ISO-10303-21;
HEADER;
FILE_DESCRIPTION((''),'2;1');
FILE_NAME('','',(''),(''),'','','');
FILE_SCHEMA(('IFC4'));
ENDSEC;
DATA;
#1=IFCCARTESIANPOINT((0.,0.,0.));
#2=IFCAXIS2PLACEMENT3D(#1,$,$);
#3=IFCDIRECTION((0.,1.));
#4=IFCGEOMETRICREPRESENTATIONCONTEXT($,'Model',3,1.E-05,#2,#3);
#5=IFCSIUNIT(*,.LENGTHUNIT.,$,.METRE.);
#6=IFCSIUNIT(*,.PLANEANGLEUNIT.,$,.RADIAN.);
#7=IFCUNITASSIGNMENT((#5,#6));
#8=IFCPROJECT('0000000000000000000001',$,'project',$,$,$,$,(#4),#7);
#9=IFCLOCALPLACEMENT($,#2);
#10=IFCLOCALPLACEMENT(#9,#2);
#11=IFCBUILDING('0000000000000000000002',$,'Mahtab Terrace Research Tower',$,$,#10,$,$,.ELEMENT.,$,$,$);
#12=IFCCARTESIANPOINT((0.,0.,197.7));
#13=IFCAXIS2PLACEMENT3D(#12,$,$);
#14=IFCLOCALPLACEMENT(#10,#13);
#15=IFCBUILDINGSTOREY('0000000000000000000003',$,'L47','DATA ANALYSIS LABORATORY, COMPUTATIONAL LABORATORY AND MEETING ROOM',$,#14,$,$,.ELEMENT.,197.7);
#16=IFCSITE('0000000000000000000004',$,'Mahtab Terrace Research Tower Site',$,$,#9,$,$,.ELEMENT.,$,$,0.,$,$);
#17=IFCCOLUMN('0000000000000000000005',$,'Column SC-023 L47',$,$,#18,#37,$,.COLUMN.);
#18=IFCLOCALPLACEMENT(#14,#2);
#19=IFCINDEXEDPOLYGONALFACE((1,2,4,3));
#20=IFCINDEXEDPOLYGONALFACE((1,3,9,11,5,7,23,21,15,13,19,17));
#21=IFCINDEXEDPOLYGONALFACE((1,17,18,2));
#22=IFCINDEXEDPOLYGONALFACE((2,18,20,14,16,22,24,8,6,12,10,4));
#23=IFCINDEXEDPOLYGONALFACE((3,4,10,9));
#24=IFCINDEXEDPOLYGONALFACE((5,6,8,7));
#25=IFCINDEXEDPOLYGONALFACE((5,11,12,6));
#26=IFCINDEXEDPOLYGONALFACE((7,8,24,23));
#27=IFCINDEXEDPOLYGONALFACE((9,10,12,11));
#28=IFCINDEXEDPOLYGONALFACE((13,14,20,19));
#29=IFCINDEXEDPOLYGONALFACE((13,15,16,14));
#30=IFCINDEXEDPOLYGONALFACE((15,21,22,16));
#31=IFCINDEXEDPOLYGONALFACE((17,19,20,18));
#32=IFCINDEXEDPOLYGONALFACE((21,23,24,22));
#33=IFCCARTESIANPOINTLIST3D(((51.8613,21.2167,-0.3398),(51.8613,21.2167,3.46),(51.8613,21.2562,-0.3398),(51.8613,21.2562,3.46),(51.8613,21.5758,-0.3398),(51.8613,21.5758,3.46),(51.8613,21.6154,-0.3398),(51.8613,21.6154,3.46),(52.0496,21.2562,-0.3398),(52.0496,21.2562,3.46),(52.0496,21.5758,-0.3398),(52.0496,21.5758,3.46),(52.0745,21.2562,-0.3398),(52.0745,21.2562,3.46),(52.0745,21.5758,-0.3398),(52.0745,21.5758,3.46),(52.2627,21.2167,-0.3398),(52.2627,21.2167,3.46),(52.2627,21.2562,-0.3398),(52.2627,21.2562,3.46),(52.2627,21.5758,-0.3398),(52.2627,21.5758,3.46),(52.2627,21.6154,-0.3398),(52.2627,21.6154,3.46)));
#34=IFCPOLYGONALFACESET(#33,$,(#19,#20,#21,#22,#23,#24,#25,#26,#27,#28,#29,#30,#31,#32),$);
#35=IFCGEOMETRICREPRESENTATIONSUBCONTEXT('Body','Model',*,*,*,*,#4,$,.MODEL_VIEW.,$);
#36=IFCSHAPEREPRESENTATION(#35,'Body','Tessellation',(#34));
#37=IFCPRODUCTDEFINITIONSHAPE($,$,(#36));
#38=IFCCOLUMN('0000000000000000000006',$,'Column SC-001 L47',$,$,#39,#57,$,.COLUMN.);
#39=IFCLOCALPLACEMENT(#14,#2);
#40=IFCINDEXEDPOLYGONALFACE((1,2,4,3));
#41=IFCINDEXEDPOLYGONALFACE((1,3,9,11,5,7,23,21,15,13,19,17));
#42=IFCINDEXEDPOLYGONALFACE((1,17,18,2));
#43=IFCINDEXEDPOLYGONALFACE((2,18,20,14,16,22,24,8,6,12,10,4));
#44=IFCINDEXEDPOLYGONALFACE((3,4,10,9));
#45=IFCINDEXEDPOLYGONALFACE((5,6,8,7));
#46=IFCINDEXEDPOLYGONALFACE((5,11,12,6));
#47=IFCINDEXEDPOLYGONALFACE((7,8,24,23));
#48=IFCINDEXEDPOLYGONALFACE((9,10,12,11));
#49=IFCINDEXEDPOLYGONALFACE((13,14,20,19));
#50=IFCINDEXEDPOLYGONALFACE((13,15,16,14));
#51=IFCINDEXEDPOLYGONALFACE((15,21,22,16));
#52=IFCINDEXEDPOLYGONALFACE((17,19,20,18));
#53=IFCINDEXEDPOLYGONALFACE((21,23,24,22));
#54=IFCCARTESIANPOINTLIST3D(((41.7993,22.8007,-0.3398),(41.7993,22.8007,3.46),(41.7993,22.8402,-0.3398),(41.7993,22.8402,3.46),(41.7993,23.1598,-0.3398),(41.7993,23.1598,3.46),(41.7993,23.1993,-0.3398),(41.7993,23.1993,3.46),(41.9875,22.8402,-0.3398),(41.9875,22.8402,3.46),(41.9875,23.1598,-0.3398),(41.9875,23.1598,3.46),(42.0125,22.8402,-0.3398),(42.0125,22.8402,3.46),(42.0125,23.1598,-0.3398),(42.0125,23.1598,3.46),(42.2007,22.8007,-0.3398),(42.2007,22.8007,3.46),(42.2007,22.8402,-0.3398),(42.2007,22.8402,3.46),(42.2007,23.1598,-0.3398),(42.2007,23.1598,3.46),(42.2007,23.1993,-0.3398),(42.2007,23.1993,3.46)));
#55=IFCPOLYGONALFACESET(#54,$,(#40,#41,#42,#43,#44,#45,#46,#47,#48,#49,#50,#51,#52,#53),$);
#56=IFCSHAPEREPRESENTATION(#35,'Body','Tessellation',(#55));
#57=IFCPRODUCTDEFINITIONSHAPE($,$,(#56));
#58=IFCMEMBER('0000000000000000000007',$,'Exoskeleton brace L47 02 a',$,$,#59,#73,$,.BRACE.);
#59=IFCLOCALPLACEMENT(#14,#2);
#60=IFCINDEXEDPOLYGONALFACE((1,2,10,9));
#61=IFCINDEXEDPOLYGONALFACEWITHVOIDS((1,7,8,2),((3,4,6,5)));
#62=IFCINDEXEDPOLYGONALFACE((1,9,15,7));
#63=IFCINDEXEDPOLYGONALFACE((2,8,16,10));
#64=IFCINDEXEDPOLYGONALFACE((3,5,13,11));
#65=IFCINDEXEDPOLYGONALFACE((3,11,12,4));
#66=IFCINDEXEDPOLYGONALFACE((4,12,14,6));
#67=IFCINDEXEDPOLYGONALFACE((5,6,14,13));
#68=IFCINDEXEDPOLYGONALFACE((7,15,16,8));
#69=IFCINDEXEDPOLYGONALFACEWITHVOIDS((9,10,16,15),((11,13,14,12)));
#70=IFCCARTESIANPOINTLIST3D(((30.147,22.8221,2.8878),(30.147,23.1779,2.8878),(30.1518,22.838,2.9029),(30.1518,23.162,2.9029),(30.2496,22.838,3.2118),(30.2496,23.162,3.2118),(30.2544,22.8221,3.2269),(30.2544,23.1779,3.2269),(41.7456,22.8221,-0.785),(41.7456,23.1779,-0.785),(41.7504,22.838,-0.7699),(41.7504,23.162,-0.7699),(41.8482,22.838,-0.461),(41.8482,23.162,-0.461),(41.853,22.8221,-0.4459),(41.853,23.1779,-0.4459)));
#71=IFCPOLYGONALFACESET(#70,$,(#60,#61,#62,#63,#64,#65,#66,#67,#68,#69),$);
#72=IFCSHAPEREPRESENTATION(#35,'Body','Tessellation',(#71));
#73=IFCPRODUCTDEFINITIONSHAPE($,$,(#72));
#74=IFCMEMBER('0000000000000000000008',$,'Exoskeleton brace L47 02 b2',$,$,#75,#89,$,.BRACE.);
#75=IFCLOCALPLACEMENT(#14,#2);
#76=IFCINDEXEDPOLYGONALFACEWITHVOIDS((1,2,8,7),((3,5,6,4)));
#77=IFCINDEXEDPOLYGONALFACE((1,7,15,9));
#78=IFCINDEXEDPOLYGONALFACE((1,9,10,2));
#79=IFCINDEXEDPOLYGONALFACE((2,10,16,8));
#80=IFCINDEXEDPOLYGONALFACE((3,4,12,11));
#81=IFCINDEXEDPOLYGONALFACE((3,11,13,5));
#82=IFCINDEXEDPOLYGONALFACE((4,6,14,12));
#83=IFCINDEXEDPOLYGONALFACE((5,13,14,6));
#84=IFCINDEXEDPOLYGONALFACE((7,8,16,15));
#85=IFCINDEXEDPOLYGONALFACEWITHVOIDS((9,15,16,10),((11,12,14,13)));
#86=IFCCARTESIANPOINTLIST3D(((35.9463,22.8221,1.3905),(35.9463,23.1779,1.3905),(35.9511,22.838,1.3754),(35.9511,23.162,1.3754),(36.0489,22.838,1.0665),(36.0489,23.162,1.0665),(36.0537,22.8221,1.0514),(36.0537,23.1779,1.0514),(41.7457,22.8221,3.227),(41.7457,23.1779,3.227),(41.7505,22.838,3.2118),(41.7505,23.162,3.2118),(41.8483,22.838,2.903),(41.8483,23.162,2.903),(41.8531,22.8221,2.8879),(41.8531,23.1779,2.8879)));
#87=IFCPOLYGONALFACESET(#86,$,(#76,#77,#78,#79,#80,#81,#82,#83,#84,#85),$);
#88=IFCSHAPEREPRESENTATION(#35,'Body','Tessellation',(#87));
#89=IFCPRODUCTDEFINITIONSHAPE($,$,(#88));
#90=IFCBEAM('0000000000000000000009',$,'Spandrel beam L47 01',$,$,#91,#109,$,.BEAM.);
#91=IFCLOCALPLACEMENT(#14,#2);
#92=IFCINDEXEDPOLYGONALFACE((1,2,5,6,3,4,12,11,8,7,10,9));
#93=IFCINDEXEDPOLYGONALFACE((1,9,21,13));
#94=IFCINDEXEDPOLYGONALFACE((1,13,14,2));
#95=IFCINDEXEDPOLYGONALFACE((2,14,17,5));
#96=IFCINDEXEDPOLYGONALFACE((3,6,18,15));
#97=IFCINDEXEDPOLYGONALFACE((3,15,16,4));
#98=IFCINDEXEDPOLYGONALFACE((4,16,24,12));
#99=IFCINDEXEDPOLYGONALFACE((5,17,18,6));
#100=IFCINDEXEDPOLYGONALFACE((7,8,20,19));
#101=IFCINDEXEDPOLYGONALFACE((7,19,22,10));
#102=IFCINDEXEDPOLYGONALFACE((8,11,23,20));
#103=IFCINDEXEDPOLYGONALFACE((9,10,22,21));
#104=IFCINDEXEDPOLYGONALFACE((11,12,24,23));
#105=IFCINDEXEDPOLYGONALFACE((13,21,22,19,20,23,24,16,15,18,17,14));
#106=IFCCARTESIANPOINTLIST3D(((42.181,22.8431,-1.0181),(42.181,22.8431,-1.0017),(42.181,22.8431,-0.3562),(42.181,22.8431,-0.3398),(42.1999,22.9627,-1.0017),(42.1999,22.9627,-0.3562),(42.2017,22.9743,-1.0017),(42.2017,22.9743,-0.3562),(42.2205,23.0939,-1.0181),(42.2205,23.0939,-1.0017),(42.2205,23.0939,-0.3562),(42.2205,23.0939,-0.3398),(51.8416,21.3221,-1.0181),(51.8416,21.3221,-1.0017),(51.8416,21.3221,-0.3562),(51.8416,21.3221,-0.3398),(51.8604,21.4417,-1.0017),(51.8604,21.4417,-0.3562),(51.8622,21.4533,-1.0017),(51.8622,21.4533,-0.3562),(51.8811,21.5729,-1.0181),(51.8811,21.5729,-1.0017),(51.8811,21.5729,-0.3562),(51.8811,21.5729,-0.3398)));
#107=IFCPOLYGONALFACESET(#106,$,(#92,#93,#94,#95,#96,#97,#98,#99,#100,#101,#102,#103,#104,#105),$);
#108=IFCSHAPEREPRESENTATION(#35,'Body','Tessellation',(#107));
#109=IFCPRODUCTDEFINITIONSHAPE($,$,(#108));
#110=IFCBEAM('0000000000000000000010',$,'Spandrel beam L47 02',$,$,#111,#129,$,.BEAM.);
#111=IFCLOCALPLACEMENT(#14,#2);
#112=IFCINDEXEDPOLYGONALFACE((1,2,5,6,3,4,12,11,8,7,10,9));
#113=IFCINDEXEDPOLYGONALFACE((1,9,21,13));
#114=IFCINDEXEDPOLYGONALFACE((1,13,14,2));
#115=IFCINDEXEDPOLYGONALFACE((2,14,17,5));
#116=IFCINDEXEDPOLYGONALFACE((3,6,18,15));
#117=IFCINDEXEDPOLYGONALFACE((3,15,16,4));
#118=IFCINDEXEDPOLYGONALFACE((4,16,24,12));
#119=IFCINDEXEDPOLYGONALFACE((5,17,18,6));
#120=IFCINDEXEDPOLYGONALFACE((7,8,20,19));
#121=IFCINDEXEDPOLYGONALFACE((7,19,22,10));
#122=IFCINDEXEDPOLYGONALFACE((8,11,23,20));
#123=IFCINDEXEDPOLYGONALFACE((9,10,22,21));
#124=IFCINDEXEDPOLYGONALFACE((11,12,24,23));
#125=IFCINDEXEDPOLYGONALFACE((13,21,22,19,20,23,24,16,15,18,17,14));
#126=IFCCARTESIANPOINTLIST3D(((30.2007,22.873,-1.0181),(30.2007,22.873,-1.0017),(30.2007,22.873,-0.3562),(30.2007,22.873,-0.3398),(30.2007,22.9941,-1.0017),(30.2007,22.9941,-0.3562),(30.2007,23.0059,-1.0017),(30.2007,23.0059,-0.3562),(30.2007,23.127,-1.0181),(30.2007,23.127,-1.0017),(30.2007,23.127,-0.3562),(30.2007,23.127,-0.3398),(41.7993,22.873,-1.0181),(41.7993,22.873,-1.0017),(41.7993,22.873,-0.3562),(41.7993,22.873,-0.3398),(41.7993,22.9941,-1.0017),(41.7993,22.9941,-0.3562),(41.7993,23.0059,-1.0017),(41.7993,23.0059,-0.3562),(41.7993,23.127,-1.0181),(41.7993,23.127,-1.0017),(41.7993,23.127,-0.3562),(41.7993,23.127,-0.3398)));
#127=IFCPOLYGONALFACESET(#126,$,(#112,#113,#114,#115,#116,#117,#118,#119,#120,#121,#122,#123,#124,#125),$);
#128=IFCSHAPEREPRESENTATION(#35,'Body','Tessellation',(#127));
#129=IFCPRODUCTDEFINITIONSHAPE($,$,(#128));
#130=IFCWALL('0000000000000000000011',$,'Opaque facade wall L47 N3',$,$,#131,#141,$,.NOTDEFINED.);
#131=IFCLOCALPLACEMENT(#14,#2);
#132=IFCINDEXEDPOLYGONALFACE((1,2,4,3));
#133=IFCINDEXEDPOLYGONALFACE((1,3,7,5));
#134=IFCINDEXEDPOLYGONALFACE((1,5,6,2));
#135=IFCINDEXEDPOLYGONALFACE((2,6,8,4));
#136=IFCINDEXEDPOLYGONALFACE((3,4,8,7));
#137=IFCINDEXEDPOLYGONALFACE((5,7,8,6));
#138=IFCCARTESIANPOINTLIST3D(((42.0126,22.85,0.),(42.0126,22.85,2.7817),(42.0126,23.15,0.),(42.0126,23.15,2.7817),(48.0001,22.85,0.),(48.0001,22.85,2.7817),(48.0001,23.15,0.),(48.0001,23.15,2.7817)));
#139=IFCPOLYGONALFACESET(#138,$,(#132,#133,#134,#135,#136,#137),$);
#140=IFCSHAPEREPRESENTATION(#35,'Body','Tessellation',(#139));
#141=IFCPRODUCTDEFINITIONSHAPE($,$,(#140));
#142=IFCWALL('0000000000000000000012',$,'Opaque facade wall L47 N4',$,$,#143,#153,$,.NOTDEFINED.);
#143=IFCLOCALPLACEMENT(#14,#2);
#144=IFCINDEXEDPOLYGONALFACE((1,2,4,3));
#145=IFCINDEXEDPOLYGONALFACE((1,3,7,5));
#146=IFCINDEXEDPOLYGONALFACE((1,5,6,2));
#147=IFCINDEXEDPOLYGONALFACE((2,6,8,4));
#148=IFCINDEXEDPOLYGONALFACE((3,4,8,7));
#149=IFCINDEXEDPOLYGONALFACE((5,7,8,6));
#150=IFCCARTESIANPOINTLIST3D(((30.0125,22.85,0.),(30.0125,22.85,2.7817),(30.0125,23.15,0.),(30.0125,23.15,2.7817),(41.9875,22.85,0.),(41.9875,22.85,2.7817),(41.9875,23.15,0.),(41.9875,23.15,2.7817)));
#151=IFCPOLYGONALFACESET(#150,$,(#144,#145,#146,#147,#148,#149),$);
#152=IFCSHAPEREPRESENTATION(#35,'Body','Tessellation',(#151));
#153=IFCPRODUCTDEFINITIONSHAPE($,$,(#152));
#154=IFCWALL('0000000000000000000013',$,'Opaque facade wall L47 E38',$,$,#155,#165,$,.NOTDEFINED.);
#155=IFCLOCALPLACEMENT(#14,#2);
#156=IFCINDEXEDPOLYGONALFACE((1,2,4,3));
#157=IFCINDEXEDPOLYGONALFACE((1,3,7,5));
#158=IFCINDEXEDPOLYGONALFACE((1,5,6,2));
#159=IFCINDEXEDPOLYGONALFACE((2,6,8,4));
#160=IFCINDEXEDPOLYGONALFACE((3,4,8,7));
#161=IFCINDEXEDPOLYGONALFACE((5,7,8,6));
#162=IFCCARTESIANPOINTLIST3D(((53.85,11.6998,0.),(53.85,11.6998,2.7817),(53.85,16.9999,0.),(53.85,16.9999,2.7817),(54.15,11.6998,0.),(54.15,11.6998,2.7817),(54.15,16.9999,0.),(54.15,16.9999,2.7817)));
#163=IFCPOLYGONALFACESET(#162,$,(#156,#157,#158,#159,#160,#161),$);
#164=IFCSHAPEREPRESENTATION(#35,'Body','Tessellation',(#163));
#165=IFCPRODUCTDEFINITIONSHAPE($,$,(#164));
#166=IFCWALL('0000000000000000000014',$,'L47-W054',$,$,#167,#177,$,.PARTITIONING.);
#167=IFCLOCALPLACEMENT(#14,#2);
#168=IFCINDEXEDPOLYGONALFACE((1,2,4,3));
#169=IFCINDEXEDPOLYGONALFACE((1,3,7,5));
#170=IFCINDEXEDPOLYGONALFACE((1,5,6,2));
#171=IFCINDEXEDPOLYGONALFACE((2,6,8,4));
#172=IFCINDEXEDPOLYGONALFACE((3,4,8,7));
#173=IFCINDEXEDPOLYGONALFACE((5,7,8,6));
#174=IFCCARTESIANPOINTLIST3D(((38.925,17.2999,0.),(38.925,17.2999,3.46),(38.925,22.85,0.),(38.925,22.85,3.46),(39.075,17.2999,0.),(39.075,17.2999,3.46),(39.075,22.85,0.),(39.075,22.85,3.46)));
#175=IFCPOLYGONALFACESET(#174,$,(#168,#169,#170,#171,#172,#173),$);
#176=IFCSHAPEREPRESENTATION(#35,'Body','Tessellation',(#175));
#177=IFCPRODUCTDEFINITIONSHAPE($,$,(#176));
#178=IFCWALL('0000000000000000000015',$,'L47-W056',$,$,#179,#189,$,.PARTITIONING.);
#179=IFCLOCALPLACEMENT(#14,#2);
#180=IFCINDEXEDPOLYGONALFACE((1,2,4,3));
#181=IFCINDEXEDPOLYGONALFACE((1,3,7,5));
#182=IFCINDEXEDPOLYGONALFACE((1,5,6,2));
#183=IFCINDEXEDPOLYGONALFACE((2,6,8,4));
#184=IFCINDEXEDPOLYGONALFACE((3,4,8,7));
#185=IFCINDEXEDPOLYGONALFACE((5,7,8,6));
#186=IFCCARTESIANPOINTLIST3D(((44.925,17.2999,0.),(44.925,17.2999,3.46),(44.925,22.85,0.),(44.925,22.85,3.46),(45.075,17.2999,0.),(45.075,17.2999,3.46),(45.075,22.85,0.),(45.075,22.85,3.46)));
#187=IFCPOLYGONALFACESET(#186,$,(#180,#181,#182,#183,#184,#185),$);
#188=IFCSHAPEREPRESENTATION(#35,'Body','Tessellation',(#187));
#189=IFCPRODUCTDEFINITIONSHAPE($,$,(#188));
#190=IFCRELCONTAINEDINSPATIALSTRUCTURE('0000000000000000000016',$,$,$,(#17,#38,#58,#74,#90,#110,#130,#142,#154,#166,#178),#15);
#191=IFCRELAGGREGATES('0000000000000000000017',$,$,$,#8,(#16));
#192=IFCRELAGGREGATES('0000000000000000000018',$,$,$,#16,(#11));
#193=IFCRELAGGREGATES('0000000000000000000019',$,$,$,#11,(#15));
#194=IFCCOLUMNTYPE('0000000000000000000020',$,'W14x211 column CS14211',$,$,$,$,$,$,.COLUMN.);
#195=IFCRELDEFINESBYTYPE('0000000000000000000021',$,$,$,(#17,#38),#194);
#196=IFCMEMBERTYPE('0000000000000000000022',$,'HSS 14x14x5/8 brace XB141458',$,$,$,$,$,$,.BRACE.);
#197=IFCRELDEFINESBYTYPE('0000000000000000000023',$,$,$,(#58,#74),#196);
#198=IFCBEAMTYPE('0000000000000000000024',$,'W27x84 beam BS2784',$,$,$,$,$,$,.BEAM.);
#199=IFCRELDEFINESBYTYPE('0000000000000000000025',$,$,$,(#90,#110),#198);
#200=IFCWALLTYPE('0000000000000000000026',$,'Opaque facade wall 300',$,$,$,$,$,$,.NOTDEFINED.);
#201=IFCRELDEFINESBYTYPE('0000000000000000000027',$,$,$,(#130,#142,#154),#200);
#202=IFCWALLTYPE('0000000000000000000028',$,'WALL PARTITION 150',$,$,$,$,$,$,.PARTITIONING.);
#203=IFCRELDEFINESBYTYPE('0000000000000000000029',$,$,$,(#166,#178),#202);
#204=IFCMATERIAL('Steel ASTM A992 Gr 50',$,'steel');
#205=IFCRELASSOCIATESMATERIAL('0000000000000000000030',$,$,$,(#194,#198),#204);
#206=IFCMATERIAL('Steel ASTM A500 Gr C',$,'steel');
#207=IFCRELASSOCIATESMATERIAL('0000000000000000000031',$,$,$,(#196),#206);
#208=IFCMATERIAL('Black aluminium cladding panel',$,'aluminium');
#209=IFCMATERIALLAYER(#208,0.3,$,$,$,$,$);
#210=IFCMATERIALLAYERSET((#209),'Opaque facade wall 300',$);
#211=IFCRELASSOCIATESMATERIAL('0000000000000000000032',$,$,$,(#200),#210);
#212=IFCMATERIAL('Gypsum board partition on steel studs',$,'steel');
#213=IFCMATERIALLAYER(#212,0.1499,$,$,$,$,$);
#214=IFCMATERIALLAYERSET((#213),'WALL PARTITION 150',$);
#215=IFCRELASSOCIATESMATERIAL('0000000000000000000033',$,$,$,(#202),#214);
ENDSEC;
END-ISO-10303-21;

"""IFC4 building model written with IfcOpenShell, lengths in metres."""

from ifc_helpers import new_model, si_unit, direction, frame, frame_2d, origin, origin_2d, place, context, subcontext, project, spatial, rectangle, hollow_rectangle, i_section, extrude, material, layer, layer_set, material_profile, profile_set, type_object, element, save


model = new_model("IFC4")

# Units and contexts
model_context = context("Model", 3, precision=1e-05, world=origin(), true_north=direction((0.0, 1.0)))
body_context = subcontext(model_context, "Body", "Model", "MODEL_VIEW")
ifc_project = project(units=[si_unit("LENGTHUNIT", "METRE"), si_unit("PLANEANGLEUNIT", "RADIAN")], contexts=[model_context])

# Site, building, storey
site_placement = place(None, origin())
site = spatial("IfcSite", under=ifc_project, at=site_placement, Name="Mahtab Terrace Research Tower Site", CompositionType="ELEMENT", RefElevation=0.0)
building_placement = place(site_placement, origin())
building = spatial("IfcBuilding", under=site, at=building_placement, Name="Mahtab Terrace Research Tower", CompositionType="ELEMENT")
storey_placement = place(building_placement, frame((0.0, 0.0, 197.7)))
storey = spatial("IfcBuildingStorey", under=building, at=storey_placement, Name="L47", Description="DATA ANALYSIS LABORATORY, COMPUTATIONAL LABORATORY AND MEETING ROOM", CompositionType="ELEMENT", Elevation=197.7)

# Columns
ifc_material_1 = material(Name="Steel ASTM A992 Gr 50", Category="steel")
ifc_material_profile_1 = material_profile(ifc_material_1, i_section(OverallWidth=0.4014, OverallDepth=0.3987, WebThickness=0.0249, FlangeThickness=0.0396, at=origin_2d()), Name="W14X211")
ifc_profile_set_1 = profile_set([ifc_material_profile_1], Name="Steel ASTM A992 Gr 50")
column_type = type_object("IfcColumnType", Name="W14x211 column CS14211", PredefinedType="COLUMN", material=ifc_profile_set_1)
for number, where, z_axis, x_axis, name in (
    (1, (52.062, 21.416, -0.3398), (0.0, 0.0, 1.0), (1.0, 0.0, 0.0), "Column SC-023 L47"),
    (2, (42.0, 23.0, -0.3398), (0.0, 0.0, 1.0), (1.0, 0.0, 0.0), "Column SC-001 L47"),
):
    element("IfcColumn", number, at=place(storey_placement, frame(where, z_axis=z_axis, x_axis=x_axis)), inside=storey, type_object=column_type, Name=name, PredefinedType="COLUMN", context=body_context, shape_type="SweptSolid", body=[
        extrude(i_section(OverallWidth=0.4014, OverallDepth=0.3987, WebThickness=0.0249, FlangeThickness=0.0396, at=origin_2d()), origin(), (0.0, 0.0, 1.0), 3.7998),
    ])

# Members
ifc_material_2 = material(Name="Steel ASTM A500 Gr C", Category="steel")
ifc_material_profile_2 = material_profile(ifc_material_2, hollow_rectangle(XDim=0.3557, YDim=0.3557, WallThickness=0.0159, at=origin_2d()), Name="HSS14X14X5/8")
ifc_profile_set_2 = profile_set([ifc_material_profile_2], Name="Steel ASTM A500 Gr C")
member_type = type_object("IfcMemberType", Name="HSS 14x14x5/8 brace XB141458", PredefinedType="BRACE", material=ifc_profile_set_2)
member_1_placement = place(storey_placement, frame((41.7993, 23.0, -0.6155), z_axis=(-0.953343, 0.0, 0.301888), x_axis=(0.0, -1.0, 0.0)))
element("IfcMember", 3, at=member_1_placement, inside=storey, type_object=member_type, Name="Exoskeleton brace L47 02 a", PredefinedType="BRACE", context=body_context, shape_type="SweptSolid", body=[
    extrude(hollow_rectangle(XDim=0.3557, YDim=0.3557, WallThickness=0.0159, at=origin_2d()), origin(), (0.0, 0.0, 1.0), 12.1663),
])
member_2_placement = place(storey_placement, frame((36.0, 23.0, 1.2209), z_axis=(0.953343, 0.0, 0.301888), x_axis=(0.0, 1.0, 0.0)))
element("IfcMember", 4, at=member_2_placement, inside=storey, type_object=member_type, Name="Exoskeleton brace L47 02 b2", PredefinedType="BRACE", context=body_context, shape_type="SweptSolid", body=[
    extrude(hollow_rectangle(XDim=0.3557, YDim=0.3557, WallThickness=0.0159, at=origin_2d()), origin(), (0.0, 0.0, 1.0), 6.0833),
])

# Beams
ifc_material_profile_3 = material_profile(ifc_material_1, i_section(OverallWidth=0.2539, OverallDepth=0.6782, WebThickness=0.0117, FlangeThickness=0.0164, at=origin_2d()), Name="W27X84")
ifc_profile_set_3 = profile_set([ifc_material_profile_3], Name="Steel ASTM A992 Gr 50")
beam_type = type_object("IfcBeamType", Name="W27x84 beam BS2784", PredefinedType="BEAM", material=ifc_profile_set_3)
beam_1_placement = place(storey_placement, frame((51.8613, 21.4475, -0.679), z_axis=(-0.987832, 0.155527, 0.0), x_axis=(-0.155527, -0.987832, 0.0)))
element("IfcBeam", 5, at=beam_1_placement, inside=storey, type_object=beam_type, Name="Spandrel beam L47 01", PredefinedType="BEAM", context=body_context, shape_type="SweptSolid", body=[
    extrude(i_section(OverallWidth=0.2539, OverallDepth=0.6782, WebThickness=0.0117, FlangeThickness=0.0164, at=origin_2d()), origin(), (0.0, 0.0, 1.0), 9.7795),
])
beam_2_placement = place(storey_placement, frame((41.7993, 23.0, -0.679), z_axis=(-1.0, 0.0, 0.0), x_axis=(0.0, -1.0, 0.0)))
element("IfcBeam", 6, at=beam_2_placement, inside=storey, type_object=beam_type, Name="Spandrel beam L47 02", PredefinedType="BEAM", context=body_context, shape_type="SweptSolid", body=[
    extrude(i_section(OverallWidth=0.2539, OverallDepth=0.6782, WebThickness=0.0117, FlangeThickness=0.0164, at=origin_2d()), origin(), (0.0, 0.0, 1.0), 11.5986),
])

# Walls
ifc_material_3 = material(Name="Black aluminium cladding panel", Category="aluminium")
ifc_layer_1 = layer(ifc_material_3, 0.3)
ifc_layer_set_1 = layer_set([ifc_layer_1], Name="Opaque facade wall 300")
wall_type_1 = type_object("IfcWallType", Name="Opaque facade wall 300", PredefinedType="NOTDEFINED", material=ifc_layer_set_1)
wall_1_placement = place(storey_placement, frame((48.0, 23.0, 0.0), z_axis=(0.0, 0.0, 1.0), x_axis=(-1.0, 0.0, 0.0)))
element("IfcWall", 7, at=wall_1_placement, inside=storey, type_object=wall_type_1, Name="Opaque facade wall L47 N3", PredefinedType="NOTDEFINED", context=body_context, shape_type="SweptSolid", body=[
    extrude(rectangle(XDim=5.9875, YDim=0.3, at=frame_2d((2.9937, 0.0))), origin(), (0.0, 0.0, 1.0), 2.7817),
])
wall_2_placement = place(storey_placement, frame((41.9875, 23.0, 0.0), z_axis=(0.0, 0.0, 1.0), x_axis=(-1.0, 0.0, 0.0)))
element("IfcWall", 8, at=wall_2_placement, inside=storey, type_object=wall_type_1, Name="Opaque facade wall L47 N4", PredefinedType="NOTDEFINED", context=body_context, shape_type="SweptSolid", body=[
    extrude(rectangle(XDim=11.9751, YDim=0.3, at=frame_2d((5.9875, 0.0))), origin(), (0.0, 0.0, 1.0), 2.7817),
])
wall_3_placement = place(storey_placement, frame((54.0, 11.7, 0.0), z_axis=(0.0, 0.0, 1.0), x_axis=(0.0, 1.0, 0.0)))
element("IfcWall", 9, at=wall_3_placement, inside=storey, type_object=wall_type_1, Name="Opaque facade wall L47 E38", PredefinedType="NOTDEFINED", context=body_context, shape_type="SweptSolid", body=[
    extrude(rectangle(XDim=5.3, YDim=0.3, at=frame_2d((2.6499, 0.0))), origin(), (0.0, 0.0, 1.0), 2.7817),
])
ifc_material_4 = material(Name="Gypsum board partition on steel studs", Category="steel")
ifc_layer_2 = layer(ifc_material_4, 0.1499)
ifc_layer_set_2 = layer_set([ifc_layer_2], Name="WALL PARTITION 150")
wall_type_2 = type_object("IfcWallType", Name="WALL PARTITION 150", PredefinedType="PARTITIONING", material=ifc_layer_set_2)
for number, where, z_axis, x_axis, name in (
    (10, (39.0, 17.3, 0.0), (0.0, 0.0, 1.0), (0.0, 1.0, 0.0), "L47-W054"),
    (11, (45.0, 17.3, 0.0), (0.0, 0.0, 1.0), (0.0, 1.0, 0.0), "L47-W056"),
):
    element("IfcWall", number, at=place(storey_placement, frame(where, z_axis=z_axis, x_axis=x_axis)), inside=storey, type_object=wall_type_2, Name=name, PredefinedType="PARTITIONING", context=body_context, shape_type="SweptSolid", body=[
        extrude(rectangle(XDim=5.55, YDim=0.1499, at=frame_2d((2.7749, 0.0))), origin(), (0.0, 0.0, 1.0), 3.46),
    ])

save(model, "model.ifc")
